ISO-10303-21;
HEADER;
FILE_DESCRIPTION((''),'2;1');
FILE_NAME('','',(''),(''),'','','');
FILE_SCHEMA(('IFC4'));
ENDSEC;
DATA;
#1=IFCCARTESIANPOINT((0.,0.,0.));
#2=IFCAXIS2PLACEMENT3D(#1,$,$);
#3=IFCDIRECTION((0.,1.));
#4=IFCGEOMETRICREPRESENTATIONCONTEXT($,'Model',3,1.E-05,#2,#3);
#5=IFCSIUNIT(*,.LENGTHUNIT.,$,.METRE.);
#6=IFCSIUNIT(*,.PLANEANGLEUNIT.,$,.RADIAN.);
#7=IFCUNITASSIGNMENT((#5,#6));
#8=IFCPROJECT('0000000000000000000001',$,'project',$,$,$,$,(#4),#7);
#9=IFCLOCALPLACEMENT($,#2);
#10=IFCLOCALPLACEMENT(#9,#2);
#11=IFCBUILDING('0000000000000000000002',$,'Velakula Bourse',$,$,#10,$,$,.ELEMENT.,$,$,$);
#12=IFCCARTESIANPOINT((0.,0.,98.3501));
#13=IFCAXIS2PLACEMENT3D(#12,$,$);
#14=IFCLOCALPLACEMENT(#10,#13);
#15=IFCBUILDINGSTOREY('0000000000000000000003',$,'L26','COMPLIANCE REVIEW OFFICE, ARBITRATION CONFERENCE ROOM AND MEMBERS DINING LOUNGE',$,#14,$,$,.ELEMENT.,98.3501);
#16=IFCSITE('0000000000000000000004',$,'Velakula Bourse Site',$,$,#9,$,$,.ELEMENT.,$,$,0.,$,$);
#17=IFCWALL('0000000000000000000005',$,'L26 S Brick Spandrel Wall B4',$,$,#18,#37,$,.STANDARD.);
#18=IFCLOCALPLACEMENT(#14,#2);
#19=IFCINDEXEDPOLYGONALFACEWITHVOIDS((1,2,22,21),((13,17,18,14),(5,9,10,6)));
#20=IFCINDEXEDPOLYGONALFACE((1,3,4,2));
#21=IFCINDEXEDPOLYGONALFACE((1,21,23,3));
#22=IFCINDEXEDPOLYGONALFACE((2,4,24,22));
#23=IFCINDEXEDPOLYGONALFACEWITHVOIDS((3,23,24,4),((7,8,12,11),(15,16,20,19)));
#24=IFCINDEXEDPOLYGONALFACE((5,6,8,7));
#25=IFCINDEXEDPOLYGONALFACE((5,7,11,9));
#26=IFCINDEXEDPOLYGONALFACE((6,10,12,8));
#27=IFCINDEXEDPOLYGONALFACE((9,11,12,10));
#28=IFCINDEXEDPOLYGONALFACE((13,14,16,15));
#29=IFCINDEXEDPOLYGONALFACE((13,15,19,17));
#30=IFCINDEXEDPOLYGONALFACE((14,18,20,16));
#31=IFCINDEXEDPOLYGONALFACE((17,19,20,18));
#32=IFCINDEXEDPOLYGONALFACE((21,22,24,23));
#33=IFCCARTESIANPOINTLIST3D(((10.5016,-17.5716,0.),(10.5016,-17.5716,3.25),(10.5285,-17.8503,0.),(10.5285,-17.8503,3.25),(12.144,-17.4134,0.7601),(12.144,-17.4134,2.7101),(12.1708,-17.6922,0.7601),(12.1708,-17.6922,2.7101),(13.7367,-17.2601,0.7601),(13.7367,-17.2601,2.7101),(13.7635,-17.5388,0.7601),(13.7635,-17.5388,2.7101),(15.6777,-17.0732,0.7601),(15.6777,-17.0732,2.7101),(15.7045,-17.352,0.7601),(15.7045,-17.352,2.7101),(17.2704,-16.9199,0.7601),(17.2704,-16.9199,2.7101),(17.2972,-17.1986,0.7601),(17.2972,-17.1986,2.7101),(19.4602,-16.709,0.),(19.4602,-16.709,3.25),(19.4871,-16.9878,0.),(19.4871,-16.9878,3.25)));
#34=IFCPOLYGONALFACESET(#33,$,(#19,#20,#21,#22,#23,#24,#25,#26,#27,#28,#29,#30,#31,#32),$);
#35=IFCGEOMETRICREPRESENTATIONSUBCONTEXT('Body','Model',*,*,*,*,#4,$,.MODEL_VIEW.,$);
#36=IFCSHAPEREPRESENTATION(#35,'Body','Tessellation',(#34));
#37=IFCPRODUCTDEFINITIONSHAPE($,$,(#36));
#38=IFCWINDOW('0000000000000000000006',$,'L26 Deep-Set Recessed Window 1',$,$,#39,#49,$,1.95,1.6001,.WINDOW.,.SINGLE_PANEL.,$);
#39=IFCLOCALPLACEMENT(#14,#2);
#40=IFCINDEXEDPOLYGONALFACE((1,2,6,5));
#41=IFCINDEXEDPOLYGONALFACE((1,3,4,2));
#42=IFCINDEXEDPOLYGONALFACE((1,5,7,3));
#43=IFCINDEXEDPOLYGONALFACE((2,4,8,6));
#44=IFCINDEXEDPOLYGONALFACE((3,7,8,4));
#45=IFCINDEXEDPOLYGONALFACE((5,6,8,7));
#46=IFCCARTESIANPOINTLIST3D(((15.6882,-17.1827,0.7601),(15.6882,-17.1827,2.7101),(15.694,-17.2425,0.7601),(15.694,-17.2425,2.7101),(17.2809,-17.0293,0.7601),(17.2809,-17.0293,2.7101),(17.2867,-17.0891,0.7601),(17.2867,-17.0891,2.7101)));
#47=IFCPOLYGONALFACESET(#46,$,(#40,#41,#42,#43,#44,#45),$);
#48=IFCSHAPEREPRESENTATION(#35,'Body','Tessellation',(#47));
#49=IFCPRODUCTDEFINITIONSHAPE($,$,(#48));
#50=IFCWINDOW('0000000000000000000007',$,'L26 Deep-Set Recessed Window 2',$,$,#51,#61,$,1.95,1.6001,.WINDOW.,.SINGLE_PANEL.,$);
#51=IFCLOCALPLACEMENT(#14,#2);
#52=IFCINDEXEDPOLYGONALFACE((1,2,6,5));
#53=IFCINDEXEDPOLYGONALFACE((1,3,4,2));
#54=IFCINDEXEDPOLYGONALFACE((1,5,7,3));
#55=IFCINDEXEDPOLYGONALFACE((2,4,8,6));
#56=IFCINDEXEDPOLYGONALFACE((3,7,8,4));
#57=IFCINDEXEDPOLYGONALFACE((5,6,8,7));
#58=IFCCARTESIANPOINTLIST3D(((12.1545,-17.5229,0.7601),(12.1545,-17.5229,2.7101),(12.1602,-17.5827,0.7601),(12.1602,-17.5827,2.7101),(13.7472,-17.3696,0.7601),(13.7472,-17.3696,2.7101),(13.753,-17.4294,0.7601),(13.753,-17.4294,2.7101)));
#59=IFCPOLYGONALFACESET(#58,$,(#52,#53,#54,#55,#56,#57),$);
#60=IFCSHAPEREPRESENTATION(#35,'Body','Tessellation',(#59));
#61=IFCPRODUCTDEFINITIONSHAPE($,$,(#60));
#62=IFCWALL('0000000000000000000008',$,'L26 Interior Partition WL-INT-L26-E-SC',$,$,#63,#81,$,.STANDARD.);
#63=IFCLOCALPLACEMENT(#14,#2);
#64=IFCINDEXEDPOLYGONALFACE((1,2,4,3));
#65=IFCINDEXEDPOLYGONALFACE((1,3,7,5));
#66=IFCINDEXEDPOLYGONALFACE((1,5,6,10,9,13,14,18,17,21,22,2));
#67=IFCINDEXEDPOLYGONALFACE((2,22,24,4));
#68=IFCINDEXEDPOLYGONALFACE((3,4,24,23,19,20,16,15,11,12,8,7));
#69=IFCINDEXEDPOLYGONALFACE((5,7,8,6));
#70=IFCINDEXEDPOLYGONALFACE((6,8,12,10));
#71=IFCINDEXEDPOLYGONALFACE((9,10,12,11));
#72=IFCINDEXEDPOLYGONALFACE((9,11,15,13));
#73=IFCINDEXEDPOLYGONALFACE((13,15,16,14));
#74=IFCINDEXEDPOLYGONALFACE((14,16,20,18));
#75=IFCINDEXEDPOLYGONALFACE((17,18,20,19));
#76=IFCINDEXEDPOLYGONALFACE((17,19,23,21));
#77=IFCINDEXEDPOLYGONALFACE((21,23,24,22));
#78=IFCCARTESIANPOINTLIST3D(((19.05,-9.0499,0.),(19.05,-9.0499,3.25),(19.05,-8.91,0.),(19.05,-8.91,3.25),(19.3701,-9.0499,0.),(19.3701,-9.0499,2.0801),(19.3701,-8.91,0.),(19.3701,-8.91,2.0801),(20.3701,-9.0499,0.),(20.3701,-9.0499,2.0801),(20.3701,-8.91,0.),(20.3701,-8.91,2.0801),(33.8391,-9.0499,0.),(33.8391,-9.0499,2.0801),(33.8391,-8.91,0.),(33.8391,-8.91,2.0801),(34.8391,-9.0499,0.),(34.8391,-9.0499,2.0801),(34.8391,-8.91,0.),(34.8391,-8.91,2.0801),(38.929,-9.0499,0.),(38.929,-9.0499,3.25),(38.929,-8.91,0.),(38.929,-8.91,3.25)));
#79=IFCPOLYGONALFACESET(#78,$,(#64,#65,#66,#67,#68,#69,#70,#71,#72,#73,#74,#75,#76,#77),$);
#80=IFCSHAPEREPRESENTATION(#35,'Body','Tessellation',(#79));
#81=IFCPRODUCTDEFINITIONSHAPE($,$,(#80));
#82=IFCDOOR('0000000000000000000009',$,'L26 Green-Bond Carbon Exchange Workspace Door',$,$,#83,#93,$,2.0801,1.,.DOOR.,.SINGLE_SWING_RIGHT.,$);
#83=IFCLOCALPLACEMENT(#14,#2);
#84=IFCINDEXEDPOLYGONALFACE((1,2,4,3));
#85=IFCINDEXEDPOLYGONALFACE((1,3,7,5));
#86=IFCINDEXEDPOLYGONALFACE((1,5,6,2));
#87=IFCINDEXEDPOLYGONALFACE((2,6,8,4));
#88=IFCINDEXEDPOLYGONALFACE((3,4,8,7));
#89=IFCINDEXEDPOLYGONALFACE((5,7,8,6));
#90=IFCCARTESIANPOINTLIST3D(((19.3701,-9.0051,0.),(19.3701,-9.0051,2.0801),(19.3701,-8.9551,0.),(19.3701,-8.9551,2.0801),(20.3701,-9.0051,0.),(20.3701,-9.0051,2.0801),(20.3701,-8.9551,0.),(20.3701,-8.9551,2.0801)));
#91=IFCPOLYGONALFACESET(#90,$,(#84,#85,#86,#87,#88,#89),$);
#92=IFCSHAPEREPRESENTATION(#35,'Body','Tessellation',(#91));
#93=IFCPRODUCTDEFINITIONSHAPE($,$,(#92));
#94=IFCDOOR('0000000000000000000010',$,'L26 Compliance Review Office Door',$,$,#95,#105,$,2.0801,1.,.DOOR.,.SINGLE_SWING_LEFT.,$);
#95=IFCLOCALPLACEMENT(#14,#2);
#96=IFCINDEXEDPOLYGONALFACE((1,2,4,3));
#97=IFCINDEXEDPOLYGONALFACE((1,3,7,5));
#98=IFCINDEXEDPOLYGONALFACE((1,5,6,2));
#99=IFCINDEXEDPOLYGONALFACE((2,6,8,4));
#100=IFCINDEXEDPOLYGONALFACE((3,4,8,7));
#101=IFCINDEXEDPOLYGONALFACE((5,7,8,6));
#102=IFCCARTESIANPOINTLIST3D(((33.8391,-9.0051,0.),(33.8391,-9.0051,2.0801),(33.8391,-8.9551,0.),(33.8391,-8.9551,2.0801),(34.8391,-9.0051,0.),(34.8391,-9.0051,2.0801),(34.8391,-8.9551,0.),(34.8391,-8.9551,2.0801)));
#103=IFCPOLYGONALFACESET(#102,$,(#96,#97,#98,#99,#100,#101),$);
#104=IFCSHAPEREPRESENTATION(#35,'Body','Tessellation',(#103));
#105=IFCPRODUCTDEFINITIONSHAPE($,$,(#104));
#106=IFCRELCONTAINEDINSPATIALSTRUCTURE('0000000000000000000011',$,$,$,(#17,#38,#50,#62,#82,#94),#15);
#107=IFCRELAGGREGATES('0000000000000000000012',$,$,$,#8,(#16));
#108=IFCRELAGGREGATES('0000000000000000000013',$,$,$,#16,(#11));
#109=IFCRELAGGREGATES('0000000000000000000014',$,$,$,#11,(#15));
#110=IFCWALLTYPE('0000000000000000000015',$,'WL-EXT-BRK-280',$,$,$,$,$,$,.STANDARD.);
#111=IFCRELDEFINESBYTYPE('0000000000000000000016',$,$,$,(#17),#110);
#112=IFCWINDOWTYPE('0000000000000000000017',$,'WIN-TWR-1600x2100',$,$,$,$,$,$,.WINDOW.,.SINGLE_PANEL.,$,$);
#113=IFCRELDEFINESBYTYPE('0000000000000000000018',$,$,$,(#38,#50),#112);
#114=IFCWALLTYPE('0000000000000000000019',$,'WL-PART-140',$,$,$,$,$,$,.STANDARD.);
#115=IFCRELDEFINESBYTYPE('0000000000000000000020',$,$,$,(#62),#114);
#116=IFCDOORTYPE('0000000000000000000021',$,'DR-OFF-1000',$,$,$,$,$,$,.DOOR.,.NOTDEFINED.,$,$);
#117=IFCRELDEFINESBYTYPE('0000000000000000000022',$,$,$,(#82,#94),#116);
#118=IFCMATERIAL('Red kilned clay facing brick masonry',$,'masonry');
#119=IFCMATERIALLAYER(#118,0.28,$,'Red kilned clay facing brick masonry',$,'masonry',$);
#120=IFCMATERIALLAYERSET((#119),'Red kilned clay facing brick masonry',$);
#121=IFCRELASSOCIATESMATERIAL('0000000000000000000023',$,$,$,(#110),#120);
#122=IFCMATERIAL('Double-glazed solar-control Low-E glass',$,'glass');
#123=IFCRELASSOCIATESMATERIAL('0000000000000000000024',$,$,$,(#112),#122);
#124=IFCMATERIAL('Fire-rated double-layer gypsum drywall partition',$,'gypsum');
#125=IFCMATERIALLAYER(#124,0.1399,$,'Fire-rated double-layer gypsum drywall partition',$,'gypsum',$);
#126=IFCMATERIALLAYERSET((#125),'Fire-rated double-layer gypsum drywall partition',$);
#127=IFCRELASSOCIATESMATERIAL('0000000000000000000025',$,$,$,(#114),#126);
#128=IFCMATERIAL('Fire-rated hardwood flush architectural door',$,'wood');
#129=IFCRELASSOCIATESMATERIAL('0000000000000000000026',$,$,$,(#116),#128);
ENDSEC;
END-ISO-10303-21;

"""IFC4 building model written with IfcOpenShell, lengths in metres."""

from ifc_helpers import new_model, si_unit, direction, frame, frame_2d, origin, place, context, subcontext, project, spatial, rectangle, extrude, material, layer, layer_set, type_object, element, fill, save


model = new_model("IFC4")

# Units and contexts
model_context = context("Model", 3, precision=1e-05, world=origin(), true_north=direction((0.0, 1.0)))
body_context = subcontext(model_context, "Body", "Model", "MODEL_VIEW")
ifc_project = project(units=[si_unit("LENGTHUNIT", "METRE"), si_unit("PLANEANGLEUNIT", "RADIAN")], contexts=[model_context])

# Site, building, storey
site_placement = place(None, origin())
site = spatial("IfcSite", under=ifc_project, at=site_placement, Name="Velakula Bourse Site", CompositionType="ELEMENT", RefElevation=0.0)
building_placement = place(site_placement, origin())
building = spatial("IfcBuilding", under=site, at=building_placement, Name="Velakula Bourse", CompositionType="ELEMENT")
storey_placement = place(building_placement, frame((0.0, 0.0, 98.3501)))
storey = spatial("IfcBuildingStorey", under=building, at=storey_placement, Name="L26", Description="COMPLIANCE REVIEW OFFICE, ARBITRATION CONFERENCE ROOM AND MEMBERS DINING LOUNGE", CompositionType="ELEMENT", Elevation=98.3501)

# Wall, openings, windows
ifc_material_1 = material(Name="Red kilned clay facing brick masonry", Category="masonry")
ifc_layer_1 = layer(ifc_material_1, 0.28, Name="Red kilned clay facing brick masonry", Category="masonry")
ifc_layer_set_1 = layer_set([ifc_layer_1], Name="Red kilned clay facing brick masonry")
wall_type_1 = type_object("IfcWallType", Name="WL-EXT-BRK-280", PredefinedType="STANDARD", material=ifc_layer_set_1)
wall_1_placement = place(storey_placement, frame((19.4736, -16.8484, 0.0), z_axis=(0.0, 0.0, 1.0), x_axis=(-0.995397, -0.09584, 0.0)))
wall_1 = element("IfcWall", 1, at=wall_1_placement, inside=storey, type_object=wall_type_1, Name="L26 S Brick Spandrel Wall B4", PredefinedType="STANDARD", context=body_context, shape_type="SweptSolid", body=[
    extrude(rectangle(XDim=9.0, YDim=0.28, at=frame_2d((4.5, 0.0))), origin(), (0.0, 0.0, 1.0), 3.25),
])
opening_1_placement = place(wall_1_placement, frame((2.2, 0.0, 0.76)))
opening_1 = element("IfcOpeningElement", 2, at=opening_1_placement, cuts=wall_1, PredefinedType="OPENING", context=body_context, shape_type="SweptSolid", body=[
    extrude(rectangle(XDim=1.6001, YDim=1.95, at=frame_2d((0.8, 0.9751))), frame((0.0, 0.1499, 0.0), z_axis=(0.0, -1.0, 0.0), x_axis=(1.0, 0.0, 0.0)), (0.0, 0.0, 1.0), 0.3),
])
opening_2_placement = place(wall_1_placement, frame((5.75, 0.0, 0.76)))
opening_2 = element("IfcOpeningElement", 3, at=opening_2_placement, cuts=wall_1, PredefinedType="OPENING", context=body_context, shape_type="SweptSolid", body=[
    extrude(rectangle(XDim=1.6001, YDim=1.95, at=frame_2d((0.8, 0.9751))), frame((0.0, 0.1499, 0.0), z_axis=(0.0, -1.0, 0.0), x_axis=(1.0, 0.0, 0.0)), (0.0, 0.0, 1.0), 0.3),
])
ifc_material_2 = material(Name="Double-glazed solar-control Low-E glass", Category="glass")
window_type = type_object("IfcWindowType", Name="WIN-TWR-1600x2100", PartitioningType="SINGLE_PANEL", PredefinedType="WINDOW", material=ifc_material_2)
window_1_placement = place(opening_1_placement, origin())
window_1 = element("IfcWindow", 4, at=window_1_placement, inside=storey, type_object=window_type, Name="L26 Deep-Set Recessed Window 1", OverallHeight=1.95, OverallWidth=1.6001, PartitioningType="SINGLE_PANEL", PredefinedType="WINDOW", context=body_context, shape_type="SweptSolid", body=[
    extrude(rectangle(XDim=1.6001, YDim=1.95, at=frame_2d((0.8, 0.9751))), frame((0.0, 0.03, 0.0), z_axis=(0.0, -1.0, 0.0), x_axis=(1.0, 0.0, 0.0)), (0.0, 0.0, 1.0), 0.0601),
])
fill(opening_1, window_1)
window_2_placement = place(opening_2_placement, origin())
window_2 = element("IfcWindow", 5, at=window_2_placement, inside=storey, type_object=window_type, Name="L26 Deep-Set Recessed Window 2", OverallHeight=1.95, OverallWidth=1.6001, PartitioningType="SINGLE_PANEL", PredefinedType="WINDOW", context=body_context, shape_type="SweptSolid", body=[
    extrude(rectangle(XDim=1.6001, YDim=1.95, at=frame_2d((0.8, 0.9751))), frame((0.0, 0.03, 0.0), z_axis=(0.0, -1.0, 0.0), x_axis=(1.0, 0.0, 0.0)), (0.0, 0.0, 1.0), 0.0601),
])
fill(opening_2, window_2)

# Wall, openings, doors
ifc_material_3 = material(Name="Fire-rated double-layer gypsum drywall partition", Category="gypsum")
ifc_layer_2 = layer(ifc_material_3, 0.1399, Name="Fire-rated double-layer gypsum drywall partition", Category="gypsum")
ifc_layer_set_2 = layer_set([ifc_layer_2], Name="Fire-rated double-layer gypsum drywall partition")
wall_type_2 = type_object("IfcWallType", Name="WL-PART-140", PredefinedType="STANDARD", material=ifc_layer_set_2)
wall_2_placement = place(storey_placement, frame((19.05, -8.98, 0.0), z_axis=(0.0, 0.0, 1.0), x_axis=(1.0, 0.0, 0.0)))
wall_2 = element("IfcWall", 6, at=wall_2_placement, inside=storey, type_object=wall_type_2, Name="L26 Interior Partition WL-INT-L26-E-SC", PredefinedType="STANDARD", context=body_context, shape_type="SweptSolid", body=[
    extrude(rectangle(XDim=19.8789, YDim=0.1399, at=frame_2d((9.9395, 0.0))), origin(), (0.0, 0.0, 1.0), 3.25),
])
opening_3_placement = place(wall_2_placement, frame((0.3201, 0.0, 0.0)))
opening_3 = element("IfcOpeningElement", 7, at=opening_3_placement, cuts=wall_2, PredefinedType="OPENING", context=body_context, shape_type="SweptSolid", body=[
    extrude(rectangle(XDim=1.0, YDim=2.0801, at=frame_2d((0.5, 1.04))), frame((0.0, 0.0798, 0.0), z_axis=(0.0, -1.0, 0.0), x_axis=(1.0, 0.0, 0.0)), (0.0, 0.0, 1.0), 0.1599),
])
opening_4_placement = place(wall_2_placement, frame((14.7891, 0.0, 0.0)))
opening_4 = element("IfcOpeningElement", 8, at=opening_4_placement, cuts=wall_2, PredefinedType="OPENING", context=body_context, shape_type="SweptSolid", body=[
    extrude(rectangle(XDim=1.0, YDim=2.0801, at=frame_2d((0.5, 1.04))), frame((0.0, 0.0798, 0.0), z_axis=(0.0, -1.0, 0.0), x_axis=(1.0, 0.0, 0.0)), (0.0, 0.0, 1.0), 0.1599),
])
ifc_material_4 = material(Name="Fire-rated hardwood flush architectural door", Category="wood")
door_type = type_object("IfcDoorType", Name="DR-OFF-1000", OperationType="NOTDEFINED", PredefinedType="DOOR", material=ifc_material_4)
door_1_placement = place(opening_3_placement, origin())
door_1 = element("IfcDoor", 9, at=door_1_placement, inside=storey, type_object=door_type, Name="L26 Green-Bond Carbon Exchange Workspace Door", OperationType="SINGLE_SWING_RIGHT", OverallHeight=2.0801, OverallWidth=1.0, PredefinedType="DOOR", context=body_context, shape_type="SweptSolid", body=[
    extrude(rectangle(XDim=1.0, YDim=2.0801, at=frame_2d((0.5, 1.04))), frame((0.0, 0.0249, 0.0), z_axis=(0.0, -1.0, 0.0), x_axis=(1.0, 0.0, 0.0)), (0.0, 0.0, 1.0), 0.05),
])
fill(opening_3, door_1)
door_2_placement = place(opening_4_placement, origin())
door_2 = element("IfcDoor", 10, at=door_2_placement, inside=storey, type_object=door_type, Name="L26 Compliance Review Office Door", OperationType="SINGLE_SWING_LEFT", OverallHeight=2.0801, OverallWidth=1.0, PredefinedType="DOOR", context=body_context, shape_type="SweptSolid", body=[
    extrude(rectangle(XDim=1.0, YDim=2.0801, at=frame_2d((0.5, 1.04))), frame((0.0, 0.0249, 0.0), z_axis=(0.0, -1.0, 0.0), x_axis=(1.0, 0.0, 0.0)), (0.0, 0.0, 1.0), 0.05),
])
fill(opening_4, door_2)

save(model, "model.ifc")
